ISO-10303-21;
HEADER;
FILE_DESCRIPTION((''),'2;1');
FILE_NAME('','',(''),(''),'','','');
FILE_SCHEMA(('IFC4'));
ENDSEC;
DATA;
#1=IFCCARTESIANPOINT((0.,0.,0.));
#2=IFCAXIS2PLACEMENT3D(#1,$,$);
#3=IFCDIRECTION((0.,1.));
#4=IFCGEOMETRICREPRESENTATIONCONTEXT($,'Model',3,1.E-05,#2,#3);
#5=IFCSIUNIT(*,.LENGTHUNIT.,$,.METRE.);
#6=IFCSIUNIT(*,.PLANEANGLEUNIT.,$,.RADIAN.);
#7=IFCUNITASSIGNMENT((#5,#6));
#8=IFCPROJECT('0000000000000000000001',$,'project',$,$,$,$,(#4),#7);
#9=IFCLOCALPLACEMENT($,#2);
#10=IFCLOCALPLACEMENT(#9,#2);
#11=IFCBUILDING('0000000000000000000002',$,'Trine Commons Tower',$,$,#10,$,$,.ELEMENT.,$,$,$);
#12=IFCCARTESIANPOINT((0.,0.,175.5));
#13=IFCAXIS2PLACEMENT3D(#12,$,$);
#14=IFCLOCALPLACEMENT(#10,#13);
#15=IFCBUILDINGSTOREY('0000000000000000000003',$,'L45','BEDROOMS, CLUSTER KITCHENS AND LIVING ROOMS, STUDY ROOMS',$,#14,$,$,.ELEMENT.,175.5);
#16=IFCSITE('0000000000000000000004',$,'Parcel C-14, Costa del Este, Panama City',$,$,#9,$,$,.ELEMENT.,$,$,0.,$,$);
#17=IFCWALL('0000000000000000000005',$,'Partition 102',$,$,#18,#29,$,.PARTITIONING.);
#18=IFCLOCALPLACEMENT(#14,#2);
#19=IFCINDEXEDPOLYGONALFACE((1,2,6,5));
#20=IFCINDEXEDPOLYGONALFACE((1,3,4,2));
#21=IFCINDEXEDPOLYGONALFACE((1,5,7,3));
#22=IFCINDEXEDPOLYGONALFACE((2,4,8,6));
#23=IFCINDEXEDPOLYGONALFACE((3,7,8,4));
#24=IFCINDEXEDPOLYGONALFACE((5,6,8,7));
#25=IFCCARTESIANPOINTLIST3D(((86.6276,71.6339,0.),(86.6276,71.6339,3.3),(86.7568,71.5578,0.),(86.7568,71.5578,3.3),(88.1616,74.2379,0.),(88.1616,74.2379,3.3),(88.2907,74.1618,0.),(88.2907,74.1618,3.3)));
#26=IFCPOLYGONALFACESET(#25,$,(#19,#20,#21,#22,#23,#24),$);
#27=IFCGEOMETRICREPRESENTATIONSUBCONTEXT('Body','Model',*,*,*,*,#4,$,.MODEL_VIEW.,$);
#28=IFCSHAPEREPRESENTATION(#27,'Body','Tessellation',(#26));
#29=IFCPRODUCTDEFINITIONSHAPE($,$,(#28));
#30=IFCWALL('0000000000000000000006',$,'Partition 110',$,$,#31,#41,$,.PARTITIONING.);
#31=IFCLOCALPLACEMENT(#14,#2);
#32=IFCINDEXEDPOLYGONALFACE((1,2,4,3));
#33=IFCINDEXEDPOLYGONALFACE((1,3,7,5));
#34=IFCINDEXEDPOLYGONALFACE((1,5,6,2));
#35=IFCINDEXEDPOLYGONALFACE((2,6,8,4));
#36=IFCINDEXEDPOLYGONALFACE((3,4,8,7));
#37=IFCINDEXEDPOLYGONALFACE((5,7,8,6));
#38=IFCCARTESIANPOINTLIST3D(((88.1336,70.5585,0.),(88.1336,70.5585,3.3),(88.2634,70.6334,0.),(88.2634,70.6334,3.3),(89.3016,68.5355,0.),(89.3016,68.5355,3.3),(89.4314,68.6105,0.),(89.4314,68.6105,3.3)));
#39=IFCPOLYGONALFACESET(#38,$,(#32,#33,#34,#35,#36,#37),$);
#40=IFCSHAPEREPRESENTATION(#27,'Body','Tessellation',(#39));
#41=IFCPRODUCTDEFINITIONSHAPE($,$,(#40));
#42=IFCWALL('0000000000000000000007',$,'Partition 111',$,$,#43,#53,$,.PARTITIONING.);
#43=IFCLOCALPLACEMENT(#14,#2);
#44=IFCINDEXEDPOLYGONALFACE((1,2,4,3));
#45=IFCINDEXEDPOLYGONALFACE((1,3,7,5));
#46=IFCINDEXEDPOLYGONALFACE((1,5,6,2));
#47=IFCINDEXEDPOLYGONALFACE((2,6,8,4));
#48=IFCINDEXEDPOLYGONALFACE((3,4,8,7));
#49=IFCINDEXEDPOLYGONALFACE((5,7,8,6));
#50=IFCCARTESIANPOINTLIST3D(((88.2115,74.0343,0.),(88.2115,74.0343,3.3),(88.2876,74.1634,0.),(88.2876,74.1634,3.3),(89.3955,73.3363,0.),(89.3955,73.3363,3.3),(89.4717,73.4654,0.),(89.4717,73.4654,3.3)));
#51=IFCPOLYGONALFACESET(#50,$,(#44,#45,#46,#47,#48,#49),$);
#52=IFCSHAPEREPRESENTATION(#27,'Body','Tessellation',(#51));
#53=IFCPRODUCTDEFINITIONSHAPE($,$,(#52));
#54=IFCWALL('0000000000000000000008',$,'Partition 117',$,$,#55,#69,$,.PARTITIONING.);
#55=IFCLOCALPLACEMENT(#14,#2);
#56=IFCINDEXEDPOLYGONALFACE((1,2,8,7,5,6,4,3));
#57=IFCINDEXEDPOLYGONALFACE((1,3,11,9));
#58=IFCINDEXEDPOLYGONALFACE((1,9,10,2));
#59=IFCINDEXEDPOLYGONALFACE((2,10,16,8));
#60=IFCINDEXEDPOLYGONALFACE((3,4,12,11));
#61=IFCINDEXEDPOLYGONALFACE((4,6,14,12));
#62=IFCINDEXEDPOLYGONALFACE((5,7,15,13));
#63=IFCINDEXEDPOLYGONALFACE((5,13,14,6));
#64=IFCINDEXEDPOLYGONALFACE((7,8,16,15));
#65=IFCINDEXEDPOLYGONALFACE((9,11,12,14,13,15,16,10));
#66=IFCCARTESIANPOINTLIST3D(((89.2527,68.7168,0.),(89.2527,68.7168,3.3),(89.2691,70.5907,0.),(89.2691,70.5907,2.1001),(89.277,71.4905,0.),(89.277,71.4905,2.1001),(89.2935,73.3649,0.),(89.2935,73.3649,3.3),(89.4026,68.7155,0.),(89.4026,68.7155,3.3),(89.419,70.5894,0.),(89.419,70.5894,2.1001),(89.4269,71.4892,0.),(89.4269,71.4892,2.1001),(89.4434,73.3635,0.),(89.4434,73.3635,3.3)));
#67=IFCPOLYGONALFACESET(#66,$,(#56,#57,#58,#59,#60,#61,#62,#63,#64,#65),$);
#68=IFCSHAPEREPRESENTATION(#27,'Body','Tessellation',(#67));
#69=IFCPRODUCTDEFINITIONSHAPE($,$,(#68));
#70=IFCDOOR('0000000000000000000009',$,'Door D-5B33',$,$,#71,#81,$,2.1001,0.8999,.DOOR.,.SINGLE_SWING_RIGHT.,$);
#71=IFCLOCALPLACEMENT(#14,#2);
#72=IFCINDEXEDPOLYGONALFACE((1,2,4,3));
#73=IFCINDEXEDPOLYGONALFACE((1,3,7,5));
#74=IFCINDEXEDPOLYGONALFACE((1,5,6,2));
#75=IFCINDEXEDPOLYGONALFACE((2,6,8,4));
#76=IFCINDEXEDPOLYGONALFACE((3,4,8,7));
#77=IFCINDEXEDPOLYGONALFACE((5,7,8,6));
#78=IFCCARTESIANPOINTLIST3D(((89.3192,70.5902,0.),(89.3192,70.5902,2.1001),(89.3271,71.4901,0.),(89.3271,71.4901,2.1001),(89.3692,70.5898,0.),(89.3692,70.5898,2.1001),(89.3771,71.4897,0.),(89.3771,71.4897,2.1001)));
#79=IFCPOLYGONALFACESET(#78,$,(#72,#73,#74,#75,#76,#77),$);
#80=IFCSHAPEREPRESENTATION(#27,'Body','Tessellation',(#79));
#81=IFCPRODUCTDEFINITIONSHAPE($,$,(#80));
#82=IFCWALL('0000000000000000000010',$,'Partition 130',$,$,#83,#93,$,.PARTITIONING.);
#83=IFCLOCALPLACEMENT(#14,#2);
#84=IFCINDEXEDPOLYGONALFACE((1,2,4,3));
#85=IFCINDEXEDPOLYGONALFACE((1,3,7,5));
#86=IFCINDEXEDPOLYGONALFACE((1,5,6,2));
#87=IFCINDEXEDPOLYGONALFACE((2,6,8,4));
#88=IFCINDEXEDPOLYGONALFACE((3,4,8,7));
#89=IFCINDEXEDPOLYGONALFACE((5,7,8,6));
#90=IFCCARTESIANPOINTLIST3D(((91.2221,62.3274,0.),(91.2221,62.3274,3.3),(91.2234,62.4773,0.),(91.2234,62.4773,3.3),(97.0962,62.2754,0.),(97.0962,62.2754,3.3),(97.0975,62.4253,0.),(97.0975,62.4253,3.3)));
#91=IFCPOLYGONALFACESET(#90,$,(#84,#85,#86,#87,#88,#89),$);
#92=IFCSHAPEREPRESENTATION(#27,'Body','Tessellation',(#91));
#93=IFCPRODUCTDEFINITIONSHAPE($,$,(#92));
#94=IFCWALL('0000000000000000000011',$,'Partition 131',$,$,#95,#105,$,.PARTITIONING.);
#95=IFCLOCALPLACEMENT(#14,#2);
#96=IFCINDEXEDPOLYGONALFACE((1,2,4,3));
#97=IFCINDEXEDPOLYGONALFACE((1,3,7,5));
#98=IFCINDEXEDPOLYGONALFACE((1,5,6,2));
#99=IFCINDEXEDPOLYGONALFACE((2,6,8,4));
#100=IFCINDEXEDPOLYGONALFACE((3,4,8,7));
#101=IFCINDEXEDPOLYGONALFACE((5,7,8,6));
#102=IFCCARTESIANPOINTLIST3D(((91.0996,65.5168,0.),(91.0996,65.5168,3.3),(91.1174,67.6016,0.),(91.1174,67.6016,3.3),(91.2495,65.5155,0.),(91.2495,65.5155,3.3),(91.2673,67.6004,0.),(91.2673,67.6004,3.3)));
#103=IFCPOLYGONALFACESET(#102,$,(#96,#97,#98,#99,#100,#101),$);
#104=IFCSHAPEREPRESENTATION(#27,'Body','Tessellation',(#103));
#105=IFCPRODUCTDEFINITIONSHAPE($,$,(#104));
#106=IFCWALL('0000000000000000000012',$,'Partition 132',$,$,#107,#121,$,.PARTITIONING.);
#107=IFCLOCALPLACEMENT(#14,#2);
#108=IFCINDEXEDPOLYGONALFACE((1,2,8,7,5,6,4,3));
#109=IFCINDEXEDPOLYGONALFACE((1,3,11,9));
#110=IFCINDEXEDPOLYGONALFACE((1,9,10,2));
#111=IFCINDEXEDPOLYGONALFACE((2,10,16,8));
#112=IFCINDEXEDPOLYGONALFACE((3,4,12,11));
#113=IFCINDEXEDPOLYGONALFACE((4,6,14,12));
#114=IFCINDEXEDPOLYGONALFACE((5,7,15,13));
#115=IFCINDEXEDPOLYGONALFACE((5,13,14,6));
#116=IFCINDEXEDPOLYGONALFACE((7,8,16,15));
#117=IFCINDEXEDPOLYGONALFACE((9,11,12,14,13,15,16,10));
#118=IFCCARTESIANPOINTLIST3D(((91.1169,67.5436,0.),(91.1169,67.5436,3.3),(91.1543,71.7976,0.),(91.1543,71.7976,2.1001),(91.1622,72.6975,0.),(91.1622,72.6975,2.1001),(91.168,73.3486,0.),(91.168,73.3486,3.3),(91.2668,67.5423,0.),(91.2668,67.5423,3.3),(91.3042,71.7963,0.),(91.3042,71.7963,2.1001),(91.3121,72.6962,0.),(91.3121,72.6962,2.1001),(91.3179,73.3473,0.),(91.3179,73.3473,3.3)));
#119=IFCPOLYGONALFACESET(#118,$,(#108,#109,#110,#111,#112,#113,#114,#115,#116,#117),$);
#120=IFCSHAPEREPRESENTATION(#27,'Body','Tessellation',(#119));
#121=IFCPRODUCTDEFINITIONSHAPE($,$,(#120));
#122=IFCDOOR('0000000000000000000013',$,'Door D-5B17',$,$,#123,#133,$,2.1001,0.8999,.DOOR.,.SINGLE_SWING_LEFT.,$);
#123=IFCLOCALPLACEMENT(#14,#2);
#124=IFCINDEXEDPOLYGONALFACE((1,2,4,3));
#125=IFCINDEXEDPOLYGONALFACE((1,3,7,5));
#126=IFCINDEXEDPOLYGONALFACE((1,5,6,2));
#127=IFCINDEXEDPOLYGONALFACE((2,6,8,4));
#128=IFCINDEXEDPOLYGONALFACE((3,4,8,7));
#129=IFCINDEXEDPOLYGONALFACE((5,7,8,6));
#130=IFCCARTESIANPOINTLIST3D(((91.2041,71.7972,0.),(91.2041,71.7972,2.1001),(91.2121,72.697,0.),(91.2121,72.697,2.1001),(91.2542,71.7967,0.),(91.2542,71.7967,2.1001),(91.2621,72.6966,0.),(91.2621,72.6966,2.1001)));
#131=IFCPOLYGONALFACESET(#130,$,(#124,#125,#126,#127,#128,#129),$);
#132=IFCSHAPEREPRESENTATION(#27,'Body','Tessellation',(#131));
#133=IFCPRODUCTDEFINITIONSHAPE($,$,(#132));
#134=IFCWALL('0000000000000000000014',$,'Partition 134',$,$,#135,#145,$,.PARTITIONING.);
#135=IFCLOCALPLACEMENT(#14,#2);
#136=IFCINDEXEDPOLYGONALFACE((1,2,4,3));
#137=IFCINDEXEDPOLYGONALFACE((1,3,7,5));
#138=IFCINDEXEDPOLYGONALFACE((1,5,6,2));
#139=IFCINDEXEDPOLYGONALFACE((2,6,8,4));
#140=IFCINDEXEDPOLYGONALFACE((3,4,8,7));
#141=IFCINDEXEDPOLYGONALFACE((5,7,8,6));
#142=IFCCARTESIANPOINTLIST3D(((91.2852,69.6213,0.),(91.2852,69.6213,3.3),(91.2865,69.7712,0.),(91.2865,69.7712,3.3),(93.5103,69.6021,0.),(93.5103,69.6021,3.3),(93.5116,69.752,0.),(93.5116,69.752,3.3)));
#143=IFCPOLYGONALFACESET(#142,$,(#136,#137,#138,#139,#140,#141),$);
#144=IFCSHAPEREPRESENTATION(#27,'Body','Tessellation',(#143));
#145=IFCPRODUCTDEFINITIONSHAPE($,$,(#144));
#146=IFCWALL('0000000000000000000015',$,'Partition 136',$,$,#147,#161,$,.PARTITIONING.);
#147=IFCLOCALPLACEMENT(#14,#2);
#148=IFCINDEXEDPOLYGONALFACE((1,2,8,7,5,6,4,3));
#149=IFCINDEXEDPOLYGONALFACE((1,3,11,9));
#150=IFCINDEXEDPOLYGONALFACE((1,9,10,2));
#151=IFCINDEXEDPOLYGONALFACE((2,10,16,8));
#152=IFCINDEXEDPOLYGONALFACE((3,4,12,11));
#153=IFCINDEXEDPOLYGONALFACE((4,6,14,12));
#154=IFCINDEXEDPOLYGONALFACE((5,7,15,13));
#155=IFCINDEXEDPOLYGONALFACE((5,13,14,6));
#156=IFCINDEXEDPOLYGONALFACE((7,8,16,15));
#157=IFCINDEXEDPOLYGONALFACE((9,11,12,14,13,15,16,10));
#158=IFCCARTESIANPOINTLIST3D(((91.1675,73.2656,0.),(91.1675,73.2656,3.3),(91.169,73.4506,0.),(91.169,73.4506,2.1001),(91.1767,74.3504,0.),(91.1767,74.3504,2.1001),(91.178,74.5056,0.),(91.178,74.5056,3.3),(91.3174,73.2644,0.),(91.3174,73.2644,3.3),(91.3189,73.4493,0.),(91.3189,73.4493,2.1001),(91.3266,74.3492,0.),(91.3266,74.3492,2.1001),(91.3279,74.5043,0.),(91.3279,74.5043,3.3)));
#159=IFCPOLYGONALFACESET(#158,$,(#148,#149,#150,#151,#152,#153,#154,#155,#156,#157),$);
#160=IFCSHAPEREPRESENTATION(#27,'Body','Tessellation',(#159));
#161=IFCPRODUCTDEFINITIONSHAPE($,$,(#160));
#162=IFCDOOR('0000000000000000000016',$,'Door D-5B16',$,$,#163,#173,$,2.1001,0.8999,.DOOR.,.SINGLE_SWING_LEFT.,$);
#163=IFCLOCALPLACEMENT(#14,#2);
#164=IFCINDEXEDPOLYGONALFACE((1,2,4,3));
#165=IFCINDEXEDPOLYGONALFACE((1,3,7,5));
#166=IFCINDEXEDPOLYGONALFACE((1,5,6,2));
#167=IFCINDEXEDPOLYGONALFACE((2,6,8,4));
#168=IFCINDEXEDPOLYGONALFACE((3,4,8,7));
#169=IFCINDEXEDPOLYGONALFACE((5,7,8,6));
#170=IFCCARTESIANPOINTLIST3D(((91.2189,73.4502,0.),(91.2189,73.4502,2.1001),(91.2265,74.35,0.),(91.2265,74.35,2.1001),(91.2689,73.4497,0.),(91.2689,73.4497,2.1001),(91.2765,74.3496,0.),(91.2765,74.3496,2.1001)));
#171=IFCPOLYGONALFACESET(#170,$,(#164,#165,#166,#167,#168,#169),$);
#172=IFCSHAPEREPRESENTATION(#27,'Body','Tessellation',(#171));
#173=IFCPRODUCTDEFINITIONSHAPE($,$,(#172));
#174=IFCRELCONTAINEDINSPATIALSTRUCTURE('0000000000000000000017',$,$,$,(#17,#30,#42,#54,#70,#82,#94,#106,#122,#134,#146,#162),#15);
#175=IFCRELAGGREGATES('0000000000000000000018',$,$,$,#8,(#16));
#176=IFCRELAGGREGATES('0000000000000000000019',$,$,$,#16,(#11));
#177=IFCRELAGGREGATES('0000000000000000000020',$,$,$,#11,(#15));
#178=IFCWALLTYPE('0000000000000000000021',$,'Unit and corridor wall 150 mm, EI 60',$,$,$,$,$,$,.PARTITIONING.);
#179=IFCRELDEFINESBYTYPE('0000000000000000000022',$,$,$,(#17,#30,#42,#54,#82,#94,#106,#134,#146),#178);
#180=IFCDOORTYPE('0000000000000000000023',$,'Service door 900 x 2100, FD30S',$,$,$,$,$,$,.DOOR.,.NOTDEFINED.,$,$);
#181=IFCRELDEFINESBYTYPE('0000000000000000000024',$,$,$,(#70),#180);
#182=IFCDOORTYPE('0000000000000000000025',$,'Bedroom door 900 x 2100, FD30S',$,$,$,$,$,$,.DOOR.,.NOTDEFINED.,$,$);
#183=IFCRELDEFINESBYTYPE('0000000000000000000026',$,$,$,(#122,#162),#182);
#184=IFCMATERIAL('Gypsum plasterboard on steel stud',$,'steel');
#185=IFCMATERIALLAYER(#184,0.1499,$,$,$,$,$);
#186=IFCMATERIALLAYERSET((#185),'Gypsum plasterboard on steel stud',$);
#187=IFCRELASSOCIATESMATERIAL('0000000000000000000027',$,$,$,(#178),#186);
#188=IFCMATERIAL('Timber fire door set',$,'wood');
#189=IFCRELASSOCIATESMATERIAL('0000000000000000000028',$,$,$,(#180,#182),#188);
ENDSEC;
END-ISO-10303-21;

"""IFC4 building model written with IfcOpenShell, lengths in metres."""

from ifc_helpers import new_model, si_unit, direction, frame, frame_2d, origin, place, context, subcontext, project, spatial, rectangle, extrude, material, layer, layer_set, type_object, element, fill, save


model = new_model("IFC4")

# Units and contexts
model_context = context("Model", 3, precision=1e-05, world=origin(), true_north=direction((0.0, 1.0)))
body_context = subcontext(model_context, "Body", "Model", "MODEL_VIEW")
ifc_project = project(units=[si_unit("LENGTHUNIT", "METRE"), si_unit("PLANEANGLEUNIT", "RADIAN")], contexts=[model_context])

# Site, building, storey
site_placement = place(None, origin())
site = spatial("IfcSite", under=ifc_project, at=site_placement, Name="Parcel C-14, Costa del Este, Panama City", CompositionType="ELEMENT", RefElevation=0.0)
building_placement = place(site_placement, origin())
building = spatial("IfcBuilding", under=site, at=building_placement, Name="Trine Commons Tower", CompositionType="ELEMENT")
storey_placement = place(building_placement, frame((0.0, 0.0, 175.5)))
storey = spatial("IfcBuildingStorey", under=building, at=storey_placement, Name="L45", Description="BEDROOMS, CLUSTER KITCHENS AND LIVING ROOMS, STUDY ROOMS", CompositionType="ELEMENT", Elevation=175.5)

# Walls
ifc_material_1 = material(Name="Gypsum plasterboard on steel stud", Category="steel")
ifc_layer_1 = layer(ifc_material_1, 0.1499)
ifc_layer_set_1 = layer_set([ifc_layer_1], Name="Gypsum plasterboard on steel stud")
wall_type_1 = type_object("IfcWallType", Name="Unit and corridor wall 150 mm, EI 60", PredefinedType="PARTITIONING", material=ifc_layer_set_1)
wall_1_placement = place(storey_placement, frame((86.6921, 71.5957, 0.0), z_axis=(0.0, 0.0, 1.0), x_axis=(0.507553, 0.86162, 0.0)))
element("IfcWall", 1, at=wall_1_placement, inside=storey, type_object=wall_type_1, Name="Partition 102", PredefinedType="PARTITIONING", context=body_context, shape_type="SweptSolid", body=[
    extrude(rectangle(XDim=3.0222, YDim=0.1499, at=frame_2d((1.5112, 0.0))), origin(), (0.0, 0.0, 1.0), 3.3),
])
wall_2_placement = place(storey_placement, frame((88.1985, 70.5959, 0.0), z_axis=(0.0, 0.0, 1.0), x_axis=(0.500006, -0.866022, 0.0)))
element("IfcWall", 2, at=wall_2_placement, inside=storey, type_object=wall_type_1, Name="Partition 110", PredefinedType="PARTITIONING", context=body_context, shape_type="SweptSolid", body=[
    extrude(rectangle(XDim=2.3359, YDim=0.1499, at=frame_2d((1.168, 0.0))), origin(), (0.0, 0.0, 1.0), 3.3),
])
wall_3_placement = place(storey_placement, frame((88.2495, 74.0989, 0.0), z_axis=(0.0, 0.0, 1.0), x_axis=(0.861464, -0.507819, 0.0)))
element("IfcWall", 3, at=wall_3_placement, inside=storey, type_object=wall_type_1, Name="Partition 111", PredefinedType="PARTITIONING", context=body_context, shape_type="SweptSolid", body=[
    extrude(rectangle(XDim=1.3745, YDim=0.1499, at=frame_2d((0.6873, 0.0))), origin(), (0.0, 0.0, 1.0), 3.3),
])

# Wall, opening, door
wall_4_placement = place(storey_placement, frame((89.3276, 68.7161, 0.0), z_axis=(0.0, 0.0, 1.0), x_axis=(0.008772, 0.999962, 0.0)))
wall_4 = element("IfcWall", 4, at=wall_4_placement, inside=storey, type_object=wall_type_1, Name="Partition 117", PredefinedType="PARTITIONING", context=body_context, shape_type="SweptSolid", body=[
    extrude(rectangle(XDim=4.6482, YDim=0.1499, at=frame_2d((2.3242, 0.0))), origin(), (0.0, 0.0, 1.0), 3.3),
])
opening_1_placement = place(wall_4_placement, frame((1.874, 0.0, 0.0)))
opening_1 = element("IfcOpeningElement", 5, at=opening_1_placement, cuts=wall_4, PredefinedType="OPENING", context=body_context, shape_type="SweptSolid", body=[
    extrude(rectangle(XDim=0.8999, YDim=2.1001, at=frame_2d((0.45, 1.05))), frame((0.0, 0.085, 0.0), z_axis=(0.0, -1.0, 0.0), x_axis=(1.0, 0.0, 0.0)), (0.0, 0.0, 1.0), 0.1699),
])
ifc_material_2 = material(Name="Timber fire door set", Category="wood")
door_type_1 = type_object("IfcDoorType", Name="Service door 900 x 2100, FD30S", OperationType="NOTDEFINED", PredefinedType="DOOR", material=ifc_material_2)
door_1_placement = place(opening_1_placement, origin())
door_1 = element("IfcDoor", 6, at=door_1_placement, inside=storey, type_object=door_type_1, Name="Door D-5B33", OperationType="SINGLE_SWING_RIGHT", OverallHeight=2.1001, OverallWidth=0.8999, PredefinedType="DOOR", context=body_context, shape_type="SweptSolid", body=[
    extrude(rectangle(XDim=0.8999, YDim=2.1001, at=frame_2d((0.45, 1.05))), frame((0.0, 0.0249, 0.0), z_axis=(0.0, -1.0, 0.0), x_axis=(1.0, 0.0, 0.0)), (0.0, 0.0, 1.0), 0.05),
])
fill(opening_1, door_1)

# Walls
wall_5_placement = place(storey_placement, frame((91.2229, 62.4023, 0.0), z_axis=(0.0, 0.0, 1.0), x_axis=(0.999961, -0.008853, 0.0)))
element("IfcWall", 7, at=wall_5_placement, inside=storey, type_object=wall_type_1, Name="Partition 130", PredefinedType="PARTITIONING", context=body_context, shape_type="SweptSolid", body=[
    extrude(rectangle(XDim=5.8743, YDim=0.1499, at=frame_2d((2.937, 0.0))), origin(), (0.0, 0.0, 1.0), 3.3),
])
wall_6_placement = place(storey_placement, frame((91.1746, 65.5161, 0.0), z_axis=(0.0, 0.0, 1.0), x_axis=(0.008548, 0.999963, 0.0)))
element("IfcWall", 8, at=wall_6_placement, inside=storey, type_object=wall_type_1, Name="Partition 131", PredefinedType="PARTITIONING", context=body_context, shape_type="SweptSolid", body=[
    extrude(rectangle(XDim=2.085, YDim=0.1499, at=frame_2d((1.0425, 0.0))), origin(), (0.0, 0.0, 1.0), 3.3),
])

# Wall, opening, door
wall_7_placement = place(storey_placement, frame((91.1919, 67.543, 0.0), z_axis=(0.0, 0.0, 1.0), x_axis=(0.00879, 0.999961, 0.0)))
wall_7 = element("IfcWall", 9, at=wall_7_placement, inside=storey, type_object=wall_type_1, Name="Partition 132", PredefinedType="PARTITIONING", context=body_context, shape_type="SweptSolid", body=[
    extrude(rectangle(XDim=5.8052, YDim=0.1499, at=frame_2d((2.9026, 0.0))), origin(), (0.0, 0.0, 1.0), 3.3),
])
opening_2_placement = place(wall_7_placement, frame((4.2542, 0.0, 0.0)))
opening_2 = element("IfcOpeningElement", 10, at=opening_2_placement, cuts=wall_7, PredefinedType="OPENING", context=body_context, shape_type="SweptSolid", body=[
    extrude(rectangle(XDim=0.8999, YDim=2.1001, at=frame_2d((0.45, 1.05))), frame((0.0, 0.085, 0.0), z_axis=(0.0, -1.0, 0.0), x_axis=(1.0, 0.0, 0.0)), (0.0, 0.0, 1.0), 0.1699),
])
door_type_2 = type_object("IfcDoorType", Name="Bedroom door 900 x 2100, FD30S", OperationType="NOTDEFINED", PredefinedType="DOOR", material=ifc_material_2)
door_2_placement = place(opening_2_placement, frame((0.8999, 0.0, 0.0), z_axis=(0.0, 0.0, 1.0), x_axis=(-1.0, 0.0, 0.0)))
door_2 = element("IfcDoor", 11, at=door_2_placement, inside=storey, type_object=door_type_2, Name="Door D-5B17", OperationType="SINGLE_SWING_LEFT", OverallHeight=2.1001, OverallWidth=0.8999, PredefinedType="DOOR", context=body_context, shape_type="SweptSolid", body=[
    extrude(rectangle(XDim=0.8999, YDim=2.1001, at=frame_2d((0.45, 1.05))), frame((0.0, 0.0249, 0.0), z_axis=(0.0, -1.0, 0.0), x_axis=(1.0, 0.0, 0.0)), (0.0, 0.0, 1.0), 0.05),
])
fill(opening_2, door_2)

# Wall
wall_8_placement = place(storey_placement, frame((91.2859, 69.6963, 0.0), z_axis=(0.0, 0.0, 1.0), x_axis=(0.999962, -0.008668, 0.0)))
element("IfcWall", 12, at=wall_8_placement, inside=storey, type_object=wall_type_1, Name="Partition 134", PredefinedType="PARTITIONING", context=body_context, shape_type="SweptSolid", body=[
    extrude(rectangle(XDim=2.2251, YDim=0.1499, at=frame_2d((1.1125, 0.0))), origin(), (0.0, 0.0, 1.0), 3.3),
])

# Wall, opening, door
wall_9_placement = place(storey_placement, frame((91.2424, 73.2649, 0.0), z_axis=(0.0, 0.0, 1.0), x_axis=(0.008466, 0.999964, 0.0)))
wall_9 = element("IfcWall", 13, at=wall_9_placement, inside=storey, type_object=wall_type_1, Name="Partition 136", PredefinedType="PARTITIONING", context=body_context, shape_type="SweptSolid", body=[
    extrude(rectangle(XDim=1.24, YDim=0.1499, at=frame_2d((0.6201, 0.0))), origin(), (0.0, 0.0, 1.0), 3.3),
])
opening_3_placement = place(wall_9_placement, frame((0.1851, 0.0, 0.0)))
opening_3 = element("IfcOpeningElement", 14, at=opening_3_placement, cuts=wall_9, PredefinedType="OPENING", context=body_context, shape_type="SweptSolid", body=[
    extrude(rectangle(XDim=0.8999, YDim=2.1001, at=frame_2d((0.45, 1.05))), frame((0.0, 0.085, 0.0), z_axis=(0.0, -1.0, 0.0), x_axis=(1.0, 0.0, 0.0)), (0.0, 0.0, 1.0), 0.1699),
])
door_3_placement = place(opening_3_placement, frame((0.8999, 0.0, 0.0), z_axis=(0.0, 0.0, 1.0), x_axis=(-1.0, 0.0, 0.0)))
door_3 = element("IfcDoor", 15, at=door_3_placement, inside=storey, type_object=door_type_2, Name="Door D-5B16", OperationType="SINGLE_SWING_LEFT", OverallHeight=2.1001, OverallWidth=0.8999, PredefinedType="DOOR", context=body_context, shape_type="SweptSolid", body=[
    extrude(rectangle(XDim=0.8999, YDim=2.1001, at=frame_2d((0.45, 1.05))), frame((0.0, 0.0249, 0.0), z_axis=(0.0, -1.0, 0.0), x_axis=(1.0, 0.0, 0.0)), (0.0, 0.0, 1.0), 0.05),
])
fill(opening_3, door_3)

save(model, "model.ifc")
